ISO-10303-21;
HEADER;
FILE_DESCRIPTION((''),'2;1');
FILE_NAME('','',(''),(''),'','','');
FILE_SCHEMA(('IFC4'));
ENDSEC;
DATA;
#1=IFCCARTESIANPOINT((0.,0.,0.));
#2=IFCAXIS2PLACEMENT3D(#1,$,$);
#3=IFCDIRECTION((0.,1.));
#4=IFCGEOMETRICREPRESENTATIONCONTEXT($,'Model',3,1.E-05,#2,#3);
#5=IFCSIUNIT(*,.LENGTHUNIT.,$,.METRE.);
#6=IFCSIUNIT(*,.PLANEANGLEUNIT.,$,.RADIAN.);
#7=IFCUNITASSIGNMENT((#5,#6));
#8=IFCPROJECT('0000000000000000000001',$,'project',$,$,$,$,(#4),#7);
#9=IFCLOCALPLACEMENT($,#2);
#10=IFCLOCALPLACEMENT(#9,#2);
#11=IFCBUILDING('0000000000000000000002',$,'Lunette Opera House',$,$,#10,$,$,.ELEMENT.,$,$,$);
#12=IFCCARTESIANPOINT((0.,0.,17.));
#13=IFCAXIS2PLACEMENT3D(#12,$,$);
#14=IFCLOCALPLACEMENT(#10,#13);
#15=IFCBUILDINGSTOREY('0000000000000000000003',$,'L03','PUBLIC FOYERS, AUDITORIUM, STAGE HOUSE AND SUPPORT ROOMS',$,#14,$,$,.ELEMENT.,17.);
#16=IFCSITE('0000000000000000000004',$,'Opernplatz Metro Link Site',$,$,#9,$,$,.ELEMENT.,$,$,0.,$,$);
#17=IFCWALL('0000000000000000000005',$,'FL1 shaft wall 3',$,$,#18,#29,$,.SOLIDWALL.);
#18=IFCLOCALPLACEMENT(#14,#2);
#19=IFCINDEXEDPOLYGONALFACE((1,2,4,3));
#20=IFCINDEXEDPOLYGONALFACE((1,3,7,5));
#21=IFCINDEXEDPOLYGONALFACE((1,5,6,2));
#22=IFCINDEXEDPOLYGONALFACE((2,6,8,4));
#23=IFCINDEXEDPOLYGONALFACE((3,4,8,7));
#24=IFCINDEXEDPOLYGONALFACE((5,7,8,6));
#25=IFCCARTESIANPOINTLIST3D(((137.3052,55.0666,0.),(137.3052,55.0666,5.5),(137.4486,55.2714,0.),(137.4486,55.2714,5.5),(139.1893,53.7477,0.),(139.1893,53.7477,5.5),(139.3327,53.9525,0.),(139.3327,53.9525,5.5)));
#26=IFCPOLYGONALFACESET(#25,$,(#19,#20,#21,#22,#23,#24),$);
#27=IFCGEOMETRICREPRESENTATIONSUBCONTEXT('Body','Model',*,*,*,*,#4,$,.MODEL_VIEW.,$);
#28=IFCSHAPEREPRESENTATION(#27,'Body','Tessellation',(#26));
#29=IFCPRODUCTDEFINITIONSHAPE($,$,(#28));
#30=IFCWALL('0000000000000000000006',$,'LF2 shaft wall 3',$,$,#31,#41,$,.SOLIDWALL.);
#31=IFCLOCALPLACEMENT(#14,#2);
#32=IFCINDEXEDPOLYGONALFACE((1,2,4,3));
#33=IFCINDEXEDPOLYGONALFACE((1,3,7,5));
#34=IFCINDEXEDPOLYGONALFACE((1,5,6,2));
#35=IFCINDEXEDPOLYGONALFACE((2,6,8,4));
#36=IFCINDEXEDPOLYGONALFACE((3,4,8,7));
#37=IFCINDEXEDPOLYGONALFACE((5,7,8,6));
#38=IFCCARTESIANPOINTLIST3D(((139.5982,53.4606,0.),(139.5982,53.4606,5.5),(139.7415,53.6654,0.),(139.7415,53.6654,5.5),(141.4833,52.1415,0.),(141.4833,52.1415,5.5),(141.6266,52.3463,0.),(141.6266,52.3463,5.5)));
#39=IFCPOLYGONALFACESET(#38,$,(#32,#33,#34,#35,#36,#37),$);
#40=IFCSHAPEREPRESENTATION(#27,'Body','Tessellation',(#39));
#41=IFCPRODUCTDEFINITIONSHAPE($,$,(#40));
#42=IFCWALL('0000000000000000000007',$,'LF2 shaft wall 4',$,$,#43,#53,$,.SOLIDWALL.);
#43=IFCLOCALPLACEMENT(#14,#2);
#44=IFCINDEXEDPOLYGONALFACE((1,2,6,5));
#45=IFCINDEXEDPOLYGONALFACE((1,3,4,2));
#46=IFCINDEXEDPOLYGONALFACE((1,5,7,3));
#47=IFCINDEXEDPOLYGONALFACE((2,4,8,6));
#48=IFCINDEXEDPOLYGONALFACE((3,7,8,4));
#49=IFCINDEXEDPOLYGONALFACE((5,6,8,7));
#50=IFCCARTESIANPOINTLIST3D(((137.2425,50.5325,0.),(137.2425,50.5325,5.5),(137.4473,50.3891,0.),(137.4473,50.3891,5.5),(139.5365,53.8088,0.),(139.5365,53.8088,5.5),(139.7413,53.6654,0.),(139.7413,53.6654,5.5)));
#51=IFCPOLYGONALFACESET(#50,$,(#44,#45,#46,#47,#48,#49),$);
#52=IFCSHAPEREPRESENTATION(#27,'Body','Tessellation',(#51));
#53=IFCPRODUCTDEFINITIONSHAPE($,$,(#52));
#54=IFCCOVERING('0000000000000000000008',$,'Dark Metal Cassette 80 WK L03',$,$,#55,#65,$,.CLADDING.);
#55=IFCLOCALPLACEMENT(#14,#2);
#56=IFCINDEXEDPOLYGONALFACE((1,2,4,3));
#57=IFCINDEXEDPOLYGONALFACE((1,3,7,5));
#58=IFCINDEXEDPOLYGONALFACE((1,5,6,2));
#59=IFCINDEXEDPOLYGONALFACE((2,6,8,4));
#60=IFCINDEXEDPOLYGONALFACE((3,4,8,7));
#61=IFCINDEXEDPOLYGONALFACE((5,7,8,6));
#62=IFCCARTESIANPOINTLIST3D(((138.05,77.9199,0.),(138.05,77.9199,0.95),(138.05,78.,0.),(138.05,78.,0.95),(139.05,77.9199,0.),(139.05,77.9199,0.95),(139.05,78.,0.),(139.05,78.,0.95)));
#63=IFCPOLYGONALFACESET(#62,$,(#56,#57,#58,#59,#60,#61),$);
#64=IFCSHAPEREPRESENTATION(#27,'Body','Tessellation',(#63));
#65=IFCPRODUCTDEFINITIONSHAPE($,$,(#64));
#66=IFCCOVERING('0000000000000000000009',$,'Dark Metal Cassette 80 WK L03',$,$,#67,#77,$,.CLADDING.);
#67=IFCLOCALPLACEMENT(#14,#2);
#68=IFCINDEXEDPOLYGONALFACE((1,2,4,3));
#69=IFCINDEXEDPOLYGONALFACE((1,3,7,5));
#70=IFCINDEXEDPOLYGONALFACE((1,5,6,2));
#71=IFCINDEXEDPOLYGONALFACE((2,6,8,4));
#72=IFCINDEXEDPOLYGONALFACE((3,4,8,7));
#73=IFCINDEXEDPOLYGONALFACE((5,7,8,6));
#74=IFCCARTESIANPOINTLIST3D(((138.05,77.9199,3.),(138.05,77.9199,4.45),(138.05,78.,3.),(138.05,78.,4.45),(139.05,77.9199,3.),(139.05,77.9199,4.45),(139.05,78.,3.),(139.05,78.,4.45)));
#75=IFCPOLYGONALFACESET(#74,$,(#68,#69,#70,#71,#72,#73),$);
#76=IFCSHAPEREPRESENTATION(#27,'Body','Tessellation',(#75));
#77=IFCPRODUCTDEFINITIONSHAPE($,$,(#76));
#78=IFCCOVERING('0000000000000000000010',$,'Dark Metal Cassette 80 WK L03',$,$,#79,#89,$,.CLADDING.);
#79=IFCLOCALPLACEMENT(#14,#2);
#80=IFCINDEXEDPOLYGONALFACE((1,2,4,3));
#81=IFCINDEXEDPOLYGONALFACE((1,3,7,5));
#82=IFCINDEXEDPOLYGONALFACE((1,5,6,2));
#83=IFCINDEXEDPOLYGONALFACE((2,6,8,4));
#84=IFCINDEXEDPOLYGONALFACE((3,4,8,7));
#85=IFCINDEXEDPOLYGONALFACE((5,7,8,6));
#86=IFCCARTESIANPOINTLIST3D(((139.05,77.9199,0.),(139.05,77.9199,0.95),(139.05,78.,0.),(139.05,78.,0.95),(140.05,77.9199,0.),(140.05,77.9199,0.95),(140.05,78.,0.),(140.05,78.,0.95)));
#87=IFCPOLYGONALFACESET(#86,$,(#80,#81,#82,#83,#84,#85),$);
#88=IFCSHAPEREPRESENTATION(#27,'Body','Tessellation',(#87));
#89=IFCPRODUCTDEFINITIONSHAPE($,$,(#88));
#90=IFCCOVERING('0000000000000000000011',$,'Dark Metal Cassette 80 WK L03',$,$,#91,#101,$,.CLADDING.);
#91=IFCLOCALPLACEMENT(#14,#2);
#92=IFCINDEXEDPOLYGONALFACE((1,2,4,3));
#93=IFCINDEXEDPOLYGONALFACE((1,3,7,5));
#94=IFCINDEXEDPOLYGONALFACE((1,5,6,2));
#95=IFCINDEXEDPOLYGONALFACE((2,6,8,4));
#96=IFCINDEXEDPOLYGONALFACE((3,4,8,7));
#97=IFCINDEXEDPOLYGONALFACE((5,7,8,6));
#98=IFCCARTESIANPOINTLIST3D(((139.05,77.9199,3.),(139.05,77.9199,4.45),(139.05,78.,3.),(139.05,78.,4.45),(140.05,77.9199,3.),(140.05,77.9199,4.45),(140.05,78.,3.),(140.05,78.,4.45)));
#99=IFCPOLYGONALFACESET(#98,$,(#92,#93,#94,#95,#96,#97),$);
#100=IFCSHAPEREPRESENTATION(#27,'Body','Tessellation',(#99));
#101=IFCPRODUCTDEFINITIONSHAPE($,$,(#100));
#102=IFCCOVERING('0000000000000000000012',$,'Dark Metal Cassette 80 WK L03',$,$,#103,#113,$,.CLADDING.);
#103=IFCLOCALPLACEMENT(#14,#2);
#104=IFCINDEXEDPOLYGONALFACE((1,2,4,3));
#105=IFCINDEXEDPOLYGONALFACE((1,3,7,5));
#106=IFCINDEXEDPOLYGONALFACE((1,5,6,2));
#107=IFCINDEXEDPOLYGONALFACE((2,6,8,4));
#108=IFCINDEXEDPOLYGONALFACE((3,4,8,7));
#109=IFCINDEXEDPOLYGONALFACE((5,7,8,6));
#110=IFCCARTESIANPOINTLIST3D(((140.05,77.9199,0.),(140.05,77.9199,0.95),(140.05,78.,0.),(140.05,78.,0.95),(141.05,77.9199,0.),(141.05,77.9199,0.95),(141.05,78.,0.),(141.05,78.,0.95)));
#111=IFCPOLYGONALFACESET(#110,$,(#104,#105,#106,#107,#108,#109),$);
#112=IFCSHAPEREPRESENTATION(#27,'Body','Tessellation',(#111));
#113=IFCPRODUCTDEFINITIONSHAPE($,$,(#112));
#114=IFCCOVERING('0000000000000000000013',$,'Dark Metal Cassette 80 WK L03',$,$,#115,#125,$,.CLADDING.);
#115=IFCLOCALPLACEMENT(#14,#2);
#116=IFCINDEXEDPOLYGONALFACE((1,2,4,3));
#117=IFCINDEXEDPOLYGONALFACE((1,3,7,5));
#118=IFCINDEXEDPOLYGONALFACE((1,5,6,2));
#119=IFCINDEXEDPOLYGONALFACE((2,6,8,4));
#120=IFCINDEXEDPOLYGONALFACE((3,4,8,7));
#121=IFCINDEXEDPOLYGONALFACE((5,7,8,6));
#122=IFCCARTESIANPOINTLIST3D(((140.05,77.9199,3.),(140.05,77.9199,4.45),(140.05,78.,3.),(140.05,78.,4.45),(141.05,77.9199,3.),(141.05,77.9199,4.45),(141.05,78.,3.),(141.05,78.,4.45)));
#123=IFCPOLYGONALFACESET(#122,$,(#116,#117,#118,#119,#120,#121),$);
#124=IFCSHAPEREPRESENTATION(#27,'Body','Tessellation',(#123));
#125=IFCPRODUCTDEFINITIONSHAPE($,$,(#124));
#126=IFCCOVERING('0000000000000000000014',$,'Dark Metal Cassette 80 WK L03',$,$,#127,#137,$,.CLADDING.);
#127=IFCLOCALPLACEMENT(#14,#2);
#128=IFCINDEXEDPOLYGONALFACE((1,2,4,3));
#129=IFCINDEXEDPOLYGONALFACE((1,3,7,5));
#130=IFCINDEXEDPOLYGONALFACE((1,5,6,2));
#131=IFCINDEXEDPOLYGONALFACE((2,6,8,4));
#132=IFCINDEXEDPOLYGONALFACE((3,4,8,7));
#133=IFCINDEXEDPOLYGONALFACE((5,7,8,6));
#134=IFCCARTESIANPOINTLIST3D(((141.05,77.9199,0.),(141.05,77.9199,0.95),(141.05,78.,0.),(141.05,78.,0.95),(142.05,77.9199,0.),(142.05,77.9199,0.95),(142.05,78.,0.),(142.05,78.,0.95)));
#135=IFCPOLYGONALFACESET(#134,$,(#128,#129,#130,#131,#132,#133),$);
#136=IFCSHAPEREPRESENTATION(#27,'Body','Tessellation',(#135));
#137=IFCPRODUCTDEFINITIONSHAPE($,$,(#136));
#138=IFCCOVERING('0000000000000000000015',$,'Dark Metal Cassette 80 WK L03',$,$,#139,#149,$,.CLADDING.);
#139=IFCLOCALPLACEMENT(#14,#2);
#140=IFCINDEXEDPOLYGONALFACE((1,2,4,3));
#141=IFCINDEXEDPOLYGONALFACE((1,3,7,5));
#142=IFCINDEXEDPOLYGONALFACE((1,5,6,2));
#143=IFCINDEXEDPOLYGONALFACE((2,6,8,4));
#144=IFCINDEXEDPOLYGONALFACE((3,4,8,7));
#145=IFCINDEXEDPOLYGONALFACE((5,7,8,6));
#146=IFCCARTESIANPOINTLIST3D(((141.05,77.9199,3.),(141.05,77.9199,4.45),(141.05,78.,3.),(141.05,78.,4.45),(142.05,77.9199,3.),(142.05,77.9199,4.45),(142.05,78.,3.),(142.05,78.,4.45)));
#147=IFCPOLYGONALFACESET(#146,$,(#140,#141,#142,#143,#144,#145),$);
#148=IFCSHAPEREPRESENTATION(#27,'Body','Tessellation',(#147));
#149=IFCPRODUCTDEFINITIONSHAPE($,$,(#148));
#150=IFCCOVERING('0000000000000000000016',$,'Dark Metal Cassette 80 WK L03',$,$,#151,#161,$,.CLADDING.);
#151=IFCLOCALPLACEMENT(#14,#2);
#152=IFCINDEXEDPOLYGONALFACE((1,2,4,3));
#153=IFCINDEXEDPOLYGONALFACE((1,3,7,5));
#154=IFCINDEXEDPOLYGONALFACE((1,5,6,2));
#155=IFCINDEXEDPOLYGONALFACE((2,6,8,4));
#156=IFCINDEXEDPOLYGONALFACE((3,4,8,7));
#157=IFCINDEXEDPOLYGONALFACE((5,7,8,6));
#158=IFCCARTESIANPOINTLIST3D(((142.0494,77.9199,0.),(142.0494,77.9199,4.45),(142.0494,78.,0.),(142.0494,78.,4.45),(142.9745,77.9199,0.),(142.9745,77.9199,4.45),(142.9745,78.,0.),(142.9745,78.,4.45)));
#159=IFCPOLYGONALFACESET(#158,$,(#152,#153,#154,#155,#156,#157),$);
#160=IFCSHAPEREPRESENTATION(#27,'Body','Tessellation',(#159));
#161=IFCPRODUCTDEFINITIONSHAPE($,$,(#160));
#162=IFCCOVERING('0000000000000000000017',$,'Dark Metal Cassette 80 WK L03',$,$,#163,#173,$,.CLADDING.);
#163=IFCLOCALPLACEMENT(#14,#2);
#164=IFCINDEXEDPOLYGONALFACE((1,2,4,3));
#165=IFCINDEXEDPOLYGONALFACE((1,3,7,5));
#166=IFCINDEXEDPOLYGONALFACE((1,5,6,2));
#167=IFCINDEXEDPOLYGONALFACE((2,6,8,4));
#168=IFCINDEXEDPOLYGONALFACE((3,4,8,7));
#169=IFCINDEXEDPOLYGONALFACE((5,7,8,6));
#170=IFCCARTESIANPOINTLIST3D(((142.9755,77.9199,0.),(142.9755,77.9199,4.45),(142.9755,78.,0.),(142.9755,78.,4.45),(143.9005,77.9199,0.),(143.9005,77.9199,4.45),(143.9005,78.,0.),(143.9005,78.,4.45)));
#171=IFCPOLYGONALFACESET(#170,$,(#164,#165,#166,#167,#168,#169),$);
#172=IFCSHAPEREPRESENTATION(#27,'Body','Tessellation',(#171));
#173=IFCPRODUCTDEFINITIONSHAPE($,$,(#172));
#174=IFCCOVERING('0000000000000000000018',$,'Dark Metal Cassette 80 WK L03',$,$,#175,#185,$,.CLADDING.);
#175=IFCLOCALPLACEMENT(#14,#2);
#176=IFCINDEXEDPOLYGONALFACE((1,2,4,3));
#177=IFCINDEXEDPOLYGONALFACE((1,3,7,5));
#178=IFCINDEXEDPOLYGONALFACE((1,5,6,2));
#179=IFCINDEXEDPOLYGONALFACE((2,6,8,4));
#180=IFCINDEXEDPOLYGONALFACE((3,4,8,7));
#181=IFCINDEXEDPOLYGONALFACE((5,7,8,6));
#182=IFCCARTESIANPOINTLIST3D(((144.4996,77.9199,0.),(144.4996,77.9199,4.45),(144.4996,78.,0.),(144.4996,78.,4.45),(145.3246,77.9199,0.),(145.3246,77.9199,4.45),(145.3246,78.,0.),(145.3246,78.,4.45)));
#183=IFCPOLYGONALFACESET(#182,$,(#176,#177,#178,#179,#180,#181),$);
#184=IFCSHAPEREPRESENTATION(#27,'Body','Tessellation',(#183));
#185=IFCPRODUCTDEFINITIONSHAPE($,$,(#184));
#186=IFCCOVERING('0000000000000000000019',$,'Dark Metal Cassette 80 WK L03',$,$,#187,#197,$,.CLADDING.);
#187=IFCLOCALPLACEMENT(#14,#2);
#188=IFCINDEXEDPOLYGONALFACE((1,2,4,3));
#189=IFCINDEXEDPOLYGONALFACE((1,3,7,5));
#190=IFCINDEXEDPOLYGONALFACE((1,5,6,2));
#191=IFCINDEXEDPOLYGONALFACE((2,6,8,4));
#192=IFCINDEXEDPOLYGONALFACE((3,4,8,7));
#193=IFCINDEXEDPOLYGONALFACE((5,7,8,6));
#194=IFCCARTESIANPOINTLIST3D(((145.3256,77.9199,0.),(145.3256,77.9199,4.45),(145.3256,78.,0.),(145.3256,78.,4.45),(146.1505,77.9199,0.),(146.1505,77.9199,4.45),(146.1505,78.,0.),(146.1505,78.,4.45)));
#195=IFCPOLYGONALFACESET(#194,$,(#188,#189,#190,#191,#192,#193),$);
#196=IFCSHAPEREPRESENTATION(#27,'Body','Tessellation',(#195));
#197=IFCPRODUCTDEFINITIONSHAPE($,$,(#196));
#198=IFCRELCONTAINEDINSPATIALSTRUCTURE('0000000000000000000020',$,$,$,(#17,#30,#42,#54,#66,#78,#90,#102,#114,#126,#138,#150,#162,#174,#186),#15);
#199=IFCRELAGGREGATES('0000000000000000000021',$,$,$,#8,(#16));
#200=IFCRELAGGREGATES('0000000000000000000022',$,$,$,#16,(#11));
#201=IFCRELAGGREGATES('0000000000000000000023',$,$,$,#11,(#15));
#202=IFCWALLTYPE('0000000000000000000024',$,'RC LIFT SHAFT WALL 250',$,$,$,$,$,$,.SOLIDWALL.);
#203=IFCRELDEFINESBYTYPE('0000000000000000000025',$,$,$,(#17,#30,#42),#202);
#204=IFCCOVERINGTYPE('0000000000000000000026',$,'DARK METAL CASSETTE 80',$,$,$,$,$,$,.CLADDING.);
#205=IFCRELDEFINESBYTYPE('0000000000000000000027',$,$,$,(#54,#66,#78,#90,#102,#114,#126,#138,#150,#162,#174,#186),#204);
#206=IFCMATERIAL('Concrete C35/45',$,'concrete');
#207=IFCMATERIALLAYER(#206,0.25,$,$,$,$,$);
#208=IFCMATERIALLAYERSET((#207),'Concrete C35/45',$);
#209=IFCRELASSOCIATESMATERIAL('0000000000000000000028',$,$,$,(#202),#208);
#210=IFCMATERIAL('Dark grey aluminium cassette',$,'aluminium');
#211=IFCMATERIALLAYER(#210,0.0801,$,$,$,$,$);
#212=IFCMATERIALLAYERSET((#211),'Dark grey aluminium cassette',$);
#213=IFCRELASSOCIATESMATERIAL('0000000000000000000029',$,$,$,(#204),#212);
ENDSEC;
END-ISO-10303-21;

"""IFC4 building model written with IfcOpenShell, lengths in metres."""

from ifc_helpers import new_model, si_unit, direction, frame, frame_2d, origin, origin_2d, place, context, subcontext, project, spatial, rectangle, extrude, material, layer, layer_set, type_object, element, save


model = new_model("IFC4")

# Units and contexts
model_context = context("Model", 3, precision=1e-05, world=origin(), true_north=direction((0.0, 1.0)))
body_context = subcontext(model_context, "Body", "Model", "MODEL_VIEW")
ifc_project = project(units=[si_unit("LENGTHUNIT", "METRE"), si_unit("PLANEANGLEUNIT", "RADIAN")], contexts=[model_context])

# Site, building, storey
site_placement = place(None, origin())
site = spatial("IfcSite", under=ifc_project, at=site_placement, Name="Opernplatz Metro Link Site", CompositionType="ELEMENT", RefElevation=0.0)
building_placement = place(site_placement, origin())
building = spatial("IfcBuilding", under=site, at=building_placement, Name="Lunette Opera House", CompositionType="ELEMENT")
storey_placement = place(building_placement, frame((0.0, 0.0, 17.0)))
storey = spatial("IfcBuildingStorey", under=building, at=storey_placement, Name="L03", Description="PUBLIC FOYERS, AUDITORIUM, STAGE HOUSE AND SUPPORT ROOMS", CompositionType="ELEMENT", Elevation=17.0)

# Walls
ifc_material_1 = material(Name="Concrete C35/45", Category="concrete")
ifc_layer_1 = layer(ifc_material_1, 0.25)
ifc_layer_set_1 = layer_set([ifc_layer_1], Name="Concrete C35/45")
wall_type_1 = type_object("IfcWallType", Name="RC LIFT SHAFT WALL 250", PredefinedType="SOLIDWALL", material=ifc_layer_set_1)
wall_1_placement = place(storey_placement, frame((139.261, 53.8501, 0.0), z_axis=(0.0, 0.0, 1.0), x_axis=(-0.819227, 0.573469, 0.0)))
element("IfcWall", 1, at=wall_1_placement, inside=storey, type_object=wall_type_1, Name="FL1 shaft wall 3", PredefinedType="SOLIDWALL", context=body_context, shape_type="SweptSolid", body=[
    extrude(rectangle(XDim=2.2998, YDim=0.25, at=frame_2d((1.1499, 0.0))), origin(), (0.0, 0.0, 1.0), 5.5),
])
wall_2_placement = place(storey_placement, frame((141.5549, 52.2439, 0.0), z_axis=(0.0, 0.0, 1.0), x_axis=(-0.819317, 0.573341, 0.0)))
element("IfcWall", 2, at=wall_2_placement, inside=storey, type_object=wall_type_1, Name="LF2 shaft wall 3", PredefinedType="SOLIDWALL", context=body_context, shape_type="SweptSolid", body=[
    extrude(rectangle(XDim=2.3008, YDim=0.25, at=frame_2d((1.1504, 0.0))), origin(), (0.0, 0.0, 1.0), 5.5),
])
wall_3_placement = place(storey_placement, frame((139.6389, 53.7371, 0.0), z_axis=(0.0, 0.0, 1.0), x_axis=(-0.573573, -0.819154, 0.0)))
element("IfcWall", 3, at=wall_3_placement, inside=storey, type_object=wall_type_1, Name="LF2 shaft wall 4", PredefinedType="SOLIDWALL", context=body_context, shape_type="SweptSolid", body=[
    extrude(rectangle(XDim=3.9995, YDim=0.25, at=frame_2d((1.9998, 0.0))), origin(), (0.0, 0.0, 1.0), 5.5),
])

# Coverings
ifc_material_2 = material(Name="Dark grey aluminium cassette", Category="aluminium")
ifc_layer_2 = layer(ifc_material_2, 0.0801)
ifc_layer_set_2 = layer_set([ifc_layer_2], Name="Dark grey aluminium cassette")
covering_type = type_object("IfcCoveringType", Name="DARK METAL CASSETTE 80", PredefinedType="CLADDING", material=ifc_layer_set_2)
covering_1_placement = place(storey_placement, frame((138.55, 77.96, 0.0), z_axis=(0.0, 0.0, 1.0), x_axis=(1.0, 0.0, 0.0)))
element("IfcCovering", 4, at=covering_1_placement, inside=storey, type_object=covering_type, Name="Dark Metal Cassette 80 WK L03", PredefinedType="CLADDING", context=body_context, shape_type="SweptSolid", body=[
    extrude(rectangle(XDim=1.0, YDim=0.0801, at=origin_2d()), origin(), (0.0, 0.0, 1.0), 0.95),
])
covering_2_placement = place(storey_placement, frame((138.55, 77.96, 3.0), z_axis=(0.0, 0.0, 1.0), x_axis=(1.0, 0.0, 0.0)))
element("IfcCovering", 5, at=covering_2_placement, inside=storey, type_object=covering_type, Name="Dark Metal Cassette 80 WK L03", PredefinedType="CLADDING", context=body_context, shape_type="SweptSolid", body=[
    extrude(rectangle(XDim=1.0, YDim=0.0801, at=origin_2d()), origin(), (0.0, 0.0, 1.0), 1.45),
])
covering_3_placement = place(storey_placement, frame((139.55, 77.96, 0.0), z_axis=(0.0, 0.0, 1.0), x_axis=(1.0, 0.0, 0.0)))
element("IfcCovering", 6, at=covering_3_placement, inside=storey, type_object=covering_type, Name="Dark Metal Cassette 80 WK L03", PredefinedType="CLADDING", context=body_context, shape_type="SweptSolid", body=[
    extrude(rectangle(XDim=1.0, YDim=0.0801, at=origin_2d()), origin(), (0.0, 0.0, 1.0), 0.95),
])
covering_4_placement = place(storey_placement, frame((139.55, 77.96, 3.0), z_axis=(0.0, 0.0, 1.0), x_axis=(1.0, 0.0, 0.0)))
element("IfcCovering", 7, at=covering_4_placement, inside=storey, type_object=covering_type, Name="Dark Metal Cassette 80 WK L03", PredefinedType="CLADDING", context=body_context, shape_type="SweptSolid", body=[
    extrude(rectangle(XDim=1.0, YDim=0.0801, at=origin_2d()), origin(), (0.0, 0.0, 1.0), 1.45),
])
covering_5_placement = place(storey_placement, frame((140.55, 77.96, 0.0), z_axis=(0.0, 0.0, 1.0), x_axis=(1.0, 0.0, 0.0)))
element("IfcCovering", 8, at=covering_5_placement, inside=storey, type_object=covering_type, Name="Dark Metal Cassette 80 WK L03", PredefinedType="CLADDING", context=body_context, shape_type="SweptSolid", body=[
    extrude(rectangle(XDim=1.0, YDim=0.0801, at=origin_2d()), origin(), (0.0, 0.0, 1.0), 0.95),
])
covering_6_placement = place(storey_placement, frame((140.55, 77.96, 3.0), z_axis=(0.0, 0.0, 1.0), x_axis=(1.0, 0.0, 0.0)))
element("IfcCovering", 9, at=covering_6_placement, inside=storey, type_object=covering_type, Name="Dark Metal Cassette 80 WK L03", PredefinedType="CLADDING", context=body_context, shape_type="SweptSolid", body=[
    extrude(rectangle(XDim=1.0, YDim=0.0801, at=origin_2d()), origin(), (0.0, 0.0, 1.0), 1.45),
])
covering_7_placement = place(storey_placement, frame((141.55, 77.96, 0.0), z_axis=(0.0, 0.0, 1.0), x_axis=(1.0, 0.0, 0.0)))
element("IfcCovering", 10, at=covering_7_placement, inside=storey, type_object=covering_type, Name="Dark Metal Cassette 80 WK L03", PredefinedType="CLADDING", context=body_context, shape_type="SweptSolid", body=[
    extrude(rectangle(XDim=1.0, YDim=0.0801, at=origin_2d()), origin(), (0.0, 0.0, 1.0), 0.95),
])
covering_8_placement = place(storey_placement, frame((141.55, 77.96, 3.0), z_axis=(0.0, 0.0, 1.0), x_axis=(1.0, 0.0, 0.0)))
element("IfcCovering", 11, at=covering_8_placement, inside=storey, type_object=covering_type, Name="Dark Metal Cassette 80 WK L03", PredefinedType="CLADDING", context=body_context, shape_type="SweptSolid", body=[
    extrude(rectangle(XDim=1.0, YDim=0.0801, at=origin_2d()), origin(), (0.0, 0.0, 1.0), 1.45),
])
for number, where, z_axis, x_axis, name in (
    (12, (142.512, 77.96, 0.0), (0.0, 0.0, 1.0), (1.0, 0.0, 0.0), "Dark Metal Cassette 80 WK L03"),
    (13, (143.438, 77.96, 0.0), (0.0, 0.0, 1.0), (1.0, 0.0, 0.0), "Dark Metal Cassette 80 WK L03"),
):
    element("IfcCovering", number, at=place(storey_placement, frame(where, z_axis=z_axis, x_axis=x_axis)), inside=storey, type_object=covering_type, Name=name, PredefinedType="CLADDING", context=body_context, shape_type="SweptSolid", body=[
        extrude(rectangle(XDim=0.925, YDim=0.0801, at=origin_2d()), origin(), (0.0, 0.0, 1.0), 4.45),
    ])
for number, where, z_axis, x_axis, name in (
    (14, (144.9121, 77.96, 0.0), (0.0, 0.0, 1.0), (1.0, 0.0, 0.0), "Dark Metal Cassette 80 WK L03"),
    (15, (145.738, 77.96, 0.0), (0.0, 0.0, 1.0), (1.0, 0.0, 0.0), "Dark Metal Cassette 80 WK L03"),
):
    element("IfcCovering", number, at=place(storey_placement, frame(where, z_axis=z_axis, x_axis=x_axis)), inside=storey, type_object=covering_type, Name=name, PredefinedType="CLADDING", context=body_context, shape_type="SweptSolid", body=[
        extrude(rectangle(XDim=0.825, YDim=0.0801, at=origin_2d()), origin(), (0.0, 0.0, 1.0), 4.45),
    ])

save(model, "model.ifc")
